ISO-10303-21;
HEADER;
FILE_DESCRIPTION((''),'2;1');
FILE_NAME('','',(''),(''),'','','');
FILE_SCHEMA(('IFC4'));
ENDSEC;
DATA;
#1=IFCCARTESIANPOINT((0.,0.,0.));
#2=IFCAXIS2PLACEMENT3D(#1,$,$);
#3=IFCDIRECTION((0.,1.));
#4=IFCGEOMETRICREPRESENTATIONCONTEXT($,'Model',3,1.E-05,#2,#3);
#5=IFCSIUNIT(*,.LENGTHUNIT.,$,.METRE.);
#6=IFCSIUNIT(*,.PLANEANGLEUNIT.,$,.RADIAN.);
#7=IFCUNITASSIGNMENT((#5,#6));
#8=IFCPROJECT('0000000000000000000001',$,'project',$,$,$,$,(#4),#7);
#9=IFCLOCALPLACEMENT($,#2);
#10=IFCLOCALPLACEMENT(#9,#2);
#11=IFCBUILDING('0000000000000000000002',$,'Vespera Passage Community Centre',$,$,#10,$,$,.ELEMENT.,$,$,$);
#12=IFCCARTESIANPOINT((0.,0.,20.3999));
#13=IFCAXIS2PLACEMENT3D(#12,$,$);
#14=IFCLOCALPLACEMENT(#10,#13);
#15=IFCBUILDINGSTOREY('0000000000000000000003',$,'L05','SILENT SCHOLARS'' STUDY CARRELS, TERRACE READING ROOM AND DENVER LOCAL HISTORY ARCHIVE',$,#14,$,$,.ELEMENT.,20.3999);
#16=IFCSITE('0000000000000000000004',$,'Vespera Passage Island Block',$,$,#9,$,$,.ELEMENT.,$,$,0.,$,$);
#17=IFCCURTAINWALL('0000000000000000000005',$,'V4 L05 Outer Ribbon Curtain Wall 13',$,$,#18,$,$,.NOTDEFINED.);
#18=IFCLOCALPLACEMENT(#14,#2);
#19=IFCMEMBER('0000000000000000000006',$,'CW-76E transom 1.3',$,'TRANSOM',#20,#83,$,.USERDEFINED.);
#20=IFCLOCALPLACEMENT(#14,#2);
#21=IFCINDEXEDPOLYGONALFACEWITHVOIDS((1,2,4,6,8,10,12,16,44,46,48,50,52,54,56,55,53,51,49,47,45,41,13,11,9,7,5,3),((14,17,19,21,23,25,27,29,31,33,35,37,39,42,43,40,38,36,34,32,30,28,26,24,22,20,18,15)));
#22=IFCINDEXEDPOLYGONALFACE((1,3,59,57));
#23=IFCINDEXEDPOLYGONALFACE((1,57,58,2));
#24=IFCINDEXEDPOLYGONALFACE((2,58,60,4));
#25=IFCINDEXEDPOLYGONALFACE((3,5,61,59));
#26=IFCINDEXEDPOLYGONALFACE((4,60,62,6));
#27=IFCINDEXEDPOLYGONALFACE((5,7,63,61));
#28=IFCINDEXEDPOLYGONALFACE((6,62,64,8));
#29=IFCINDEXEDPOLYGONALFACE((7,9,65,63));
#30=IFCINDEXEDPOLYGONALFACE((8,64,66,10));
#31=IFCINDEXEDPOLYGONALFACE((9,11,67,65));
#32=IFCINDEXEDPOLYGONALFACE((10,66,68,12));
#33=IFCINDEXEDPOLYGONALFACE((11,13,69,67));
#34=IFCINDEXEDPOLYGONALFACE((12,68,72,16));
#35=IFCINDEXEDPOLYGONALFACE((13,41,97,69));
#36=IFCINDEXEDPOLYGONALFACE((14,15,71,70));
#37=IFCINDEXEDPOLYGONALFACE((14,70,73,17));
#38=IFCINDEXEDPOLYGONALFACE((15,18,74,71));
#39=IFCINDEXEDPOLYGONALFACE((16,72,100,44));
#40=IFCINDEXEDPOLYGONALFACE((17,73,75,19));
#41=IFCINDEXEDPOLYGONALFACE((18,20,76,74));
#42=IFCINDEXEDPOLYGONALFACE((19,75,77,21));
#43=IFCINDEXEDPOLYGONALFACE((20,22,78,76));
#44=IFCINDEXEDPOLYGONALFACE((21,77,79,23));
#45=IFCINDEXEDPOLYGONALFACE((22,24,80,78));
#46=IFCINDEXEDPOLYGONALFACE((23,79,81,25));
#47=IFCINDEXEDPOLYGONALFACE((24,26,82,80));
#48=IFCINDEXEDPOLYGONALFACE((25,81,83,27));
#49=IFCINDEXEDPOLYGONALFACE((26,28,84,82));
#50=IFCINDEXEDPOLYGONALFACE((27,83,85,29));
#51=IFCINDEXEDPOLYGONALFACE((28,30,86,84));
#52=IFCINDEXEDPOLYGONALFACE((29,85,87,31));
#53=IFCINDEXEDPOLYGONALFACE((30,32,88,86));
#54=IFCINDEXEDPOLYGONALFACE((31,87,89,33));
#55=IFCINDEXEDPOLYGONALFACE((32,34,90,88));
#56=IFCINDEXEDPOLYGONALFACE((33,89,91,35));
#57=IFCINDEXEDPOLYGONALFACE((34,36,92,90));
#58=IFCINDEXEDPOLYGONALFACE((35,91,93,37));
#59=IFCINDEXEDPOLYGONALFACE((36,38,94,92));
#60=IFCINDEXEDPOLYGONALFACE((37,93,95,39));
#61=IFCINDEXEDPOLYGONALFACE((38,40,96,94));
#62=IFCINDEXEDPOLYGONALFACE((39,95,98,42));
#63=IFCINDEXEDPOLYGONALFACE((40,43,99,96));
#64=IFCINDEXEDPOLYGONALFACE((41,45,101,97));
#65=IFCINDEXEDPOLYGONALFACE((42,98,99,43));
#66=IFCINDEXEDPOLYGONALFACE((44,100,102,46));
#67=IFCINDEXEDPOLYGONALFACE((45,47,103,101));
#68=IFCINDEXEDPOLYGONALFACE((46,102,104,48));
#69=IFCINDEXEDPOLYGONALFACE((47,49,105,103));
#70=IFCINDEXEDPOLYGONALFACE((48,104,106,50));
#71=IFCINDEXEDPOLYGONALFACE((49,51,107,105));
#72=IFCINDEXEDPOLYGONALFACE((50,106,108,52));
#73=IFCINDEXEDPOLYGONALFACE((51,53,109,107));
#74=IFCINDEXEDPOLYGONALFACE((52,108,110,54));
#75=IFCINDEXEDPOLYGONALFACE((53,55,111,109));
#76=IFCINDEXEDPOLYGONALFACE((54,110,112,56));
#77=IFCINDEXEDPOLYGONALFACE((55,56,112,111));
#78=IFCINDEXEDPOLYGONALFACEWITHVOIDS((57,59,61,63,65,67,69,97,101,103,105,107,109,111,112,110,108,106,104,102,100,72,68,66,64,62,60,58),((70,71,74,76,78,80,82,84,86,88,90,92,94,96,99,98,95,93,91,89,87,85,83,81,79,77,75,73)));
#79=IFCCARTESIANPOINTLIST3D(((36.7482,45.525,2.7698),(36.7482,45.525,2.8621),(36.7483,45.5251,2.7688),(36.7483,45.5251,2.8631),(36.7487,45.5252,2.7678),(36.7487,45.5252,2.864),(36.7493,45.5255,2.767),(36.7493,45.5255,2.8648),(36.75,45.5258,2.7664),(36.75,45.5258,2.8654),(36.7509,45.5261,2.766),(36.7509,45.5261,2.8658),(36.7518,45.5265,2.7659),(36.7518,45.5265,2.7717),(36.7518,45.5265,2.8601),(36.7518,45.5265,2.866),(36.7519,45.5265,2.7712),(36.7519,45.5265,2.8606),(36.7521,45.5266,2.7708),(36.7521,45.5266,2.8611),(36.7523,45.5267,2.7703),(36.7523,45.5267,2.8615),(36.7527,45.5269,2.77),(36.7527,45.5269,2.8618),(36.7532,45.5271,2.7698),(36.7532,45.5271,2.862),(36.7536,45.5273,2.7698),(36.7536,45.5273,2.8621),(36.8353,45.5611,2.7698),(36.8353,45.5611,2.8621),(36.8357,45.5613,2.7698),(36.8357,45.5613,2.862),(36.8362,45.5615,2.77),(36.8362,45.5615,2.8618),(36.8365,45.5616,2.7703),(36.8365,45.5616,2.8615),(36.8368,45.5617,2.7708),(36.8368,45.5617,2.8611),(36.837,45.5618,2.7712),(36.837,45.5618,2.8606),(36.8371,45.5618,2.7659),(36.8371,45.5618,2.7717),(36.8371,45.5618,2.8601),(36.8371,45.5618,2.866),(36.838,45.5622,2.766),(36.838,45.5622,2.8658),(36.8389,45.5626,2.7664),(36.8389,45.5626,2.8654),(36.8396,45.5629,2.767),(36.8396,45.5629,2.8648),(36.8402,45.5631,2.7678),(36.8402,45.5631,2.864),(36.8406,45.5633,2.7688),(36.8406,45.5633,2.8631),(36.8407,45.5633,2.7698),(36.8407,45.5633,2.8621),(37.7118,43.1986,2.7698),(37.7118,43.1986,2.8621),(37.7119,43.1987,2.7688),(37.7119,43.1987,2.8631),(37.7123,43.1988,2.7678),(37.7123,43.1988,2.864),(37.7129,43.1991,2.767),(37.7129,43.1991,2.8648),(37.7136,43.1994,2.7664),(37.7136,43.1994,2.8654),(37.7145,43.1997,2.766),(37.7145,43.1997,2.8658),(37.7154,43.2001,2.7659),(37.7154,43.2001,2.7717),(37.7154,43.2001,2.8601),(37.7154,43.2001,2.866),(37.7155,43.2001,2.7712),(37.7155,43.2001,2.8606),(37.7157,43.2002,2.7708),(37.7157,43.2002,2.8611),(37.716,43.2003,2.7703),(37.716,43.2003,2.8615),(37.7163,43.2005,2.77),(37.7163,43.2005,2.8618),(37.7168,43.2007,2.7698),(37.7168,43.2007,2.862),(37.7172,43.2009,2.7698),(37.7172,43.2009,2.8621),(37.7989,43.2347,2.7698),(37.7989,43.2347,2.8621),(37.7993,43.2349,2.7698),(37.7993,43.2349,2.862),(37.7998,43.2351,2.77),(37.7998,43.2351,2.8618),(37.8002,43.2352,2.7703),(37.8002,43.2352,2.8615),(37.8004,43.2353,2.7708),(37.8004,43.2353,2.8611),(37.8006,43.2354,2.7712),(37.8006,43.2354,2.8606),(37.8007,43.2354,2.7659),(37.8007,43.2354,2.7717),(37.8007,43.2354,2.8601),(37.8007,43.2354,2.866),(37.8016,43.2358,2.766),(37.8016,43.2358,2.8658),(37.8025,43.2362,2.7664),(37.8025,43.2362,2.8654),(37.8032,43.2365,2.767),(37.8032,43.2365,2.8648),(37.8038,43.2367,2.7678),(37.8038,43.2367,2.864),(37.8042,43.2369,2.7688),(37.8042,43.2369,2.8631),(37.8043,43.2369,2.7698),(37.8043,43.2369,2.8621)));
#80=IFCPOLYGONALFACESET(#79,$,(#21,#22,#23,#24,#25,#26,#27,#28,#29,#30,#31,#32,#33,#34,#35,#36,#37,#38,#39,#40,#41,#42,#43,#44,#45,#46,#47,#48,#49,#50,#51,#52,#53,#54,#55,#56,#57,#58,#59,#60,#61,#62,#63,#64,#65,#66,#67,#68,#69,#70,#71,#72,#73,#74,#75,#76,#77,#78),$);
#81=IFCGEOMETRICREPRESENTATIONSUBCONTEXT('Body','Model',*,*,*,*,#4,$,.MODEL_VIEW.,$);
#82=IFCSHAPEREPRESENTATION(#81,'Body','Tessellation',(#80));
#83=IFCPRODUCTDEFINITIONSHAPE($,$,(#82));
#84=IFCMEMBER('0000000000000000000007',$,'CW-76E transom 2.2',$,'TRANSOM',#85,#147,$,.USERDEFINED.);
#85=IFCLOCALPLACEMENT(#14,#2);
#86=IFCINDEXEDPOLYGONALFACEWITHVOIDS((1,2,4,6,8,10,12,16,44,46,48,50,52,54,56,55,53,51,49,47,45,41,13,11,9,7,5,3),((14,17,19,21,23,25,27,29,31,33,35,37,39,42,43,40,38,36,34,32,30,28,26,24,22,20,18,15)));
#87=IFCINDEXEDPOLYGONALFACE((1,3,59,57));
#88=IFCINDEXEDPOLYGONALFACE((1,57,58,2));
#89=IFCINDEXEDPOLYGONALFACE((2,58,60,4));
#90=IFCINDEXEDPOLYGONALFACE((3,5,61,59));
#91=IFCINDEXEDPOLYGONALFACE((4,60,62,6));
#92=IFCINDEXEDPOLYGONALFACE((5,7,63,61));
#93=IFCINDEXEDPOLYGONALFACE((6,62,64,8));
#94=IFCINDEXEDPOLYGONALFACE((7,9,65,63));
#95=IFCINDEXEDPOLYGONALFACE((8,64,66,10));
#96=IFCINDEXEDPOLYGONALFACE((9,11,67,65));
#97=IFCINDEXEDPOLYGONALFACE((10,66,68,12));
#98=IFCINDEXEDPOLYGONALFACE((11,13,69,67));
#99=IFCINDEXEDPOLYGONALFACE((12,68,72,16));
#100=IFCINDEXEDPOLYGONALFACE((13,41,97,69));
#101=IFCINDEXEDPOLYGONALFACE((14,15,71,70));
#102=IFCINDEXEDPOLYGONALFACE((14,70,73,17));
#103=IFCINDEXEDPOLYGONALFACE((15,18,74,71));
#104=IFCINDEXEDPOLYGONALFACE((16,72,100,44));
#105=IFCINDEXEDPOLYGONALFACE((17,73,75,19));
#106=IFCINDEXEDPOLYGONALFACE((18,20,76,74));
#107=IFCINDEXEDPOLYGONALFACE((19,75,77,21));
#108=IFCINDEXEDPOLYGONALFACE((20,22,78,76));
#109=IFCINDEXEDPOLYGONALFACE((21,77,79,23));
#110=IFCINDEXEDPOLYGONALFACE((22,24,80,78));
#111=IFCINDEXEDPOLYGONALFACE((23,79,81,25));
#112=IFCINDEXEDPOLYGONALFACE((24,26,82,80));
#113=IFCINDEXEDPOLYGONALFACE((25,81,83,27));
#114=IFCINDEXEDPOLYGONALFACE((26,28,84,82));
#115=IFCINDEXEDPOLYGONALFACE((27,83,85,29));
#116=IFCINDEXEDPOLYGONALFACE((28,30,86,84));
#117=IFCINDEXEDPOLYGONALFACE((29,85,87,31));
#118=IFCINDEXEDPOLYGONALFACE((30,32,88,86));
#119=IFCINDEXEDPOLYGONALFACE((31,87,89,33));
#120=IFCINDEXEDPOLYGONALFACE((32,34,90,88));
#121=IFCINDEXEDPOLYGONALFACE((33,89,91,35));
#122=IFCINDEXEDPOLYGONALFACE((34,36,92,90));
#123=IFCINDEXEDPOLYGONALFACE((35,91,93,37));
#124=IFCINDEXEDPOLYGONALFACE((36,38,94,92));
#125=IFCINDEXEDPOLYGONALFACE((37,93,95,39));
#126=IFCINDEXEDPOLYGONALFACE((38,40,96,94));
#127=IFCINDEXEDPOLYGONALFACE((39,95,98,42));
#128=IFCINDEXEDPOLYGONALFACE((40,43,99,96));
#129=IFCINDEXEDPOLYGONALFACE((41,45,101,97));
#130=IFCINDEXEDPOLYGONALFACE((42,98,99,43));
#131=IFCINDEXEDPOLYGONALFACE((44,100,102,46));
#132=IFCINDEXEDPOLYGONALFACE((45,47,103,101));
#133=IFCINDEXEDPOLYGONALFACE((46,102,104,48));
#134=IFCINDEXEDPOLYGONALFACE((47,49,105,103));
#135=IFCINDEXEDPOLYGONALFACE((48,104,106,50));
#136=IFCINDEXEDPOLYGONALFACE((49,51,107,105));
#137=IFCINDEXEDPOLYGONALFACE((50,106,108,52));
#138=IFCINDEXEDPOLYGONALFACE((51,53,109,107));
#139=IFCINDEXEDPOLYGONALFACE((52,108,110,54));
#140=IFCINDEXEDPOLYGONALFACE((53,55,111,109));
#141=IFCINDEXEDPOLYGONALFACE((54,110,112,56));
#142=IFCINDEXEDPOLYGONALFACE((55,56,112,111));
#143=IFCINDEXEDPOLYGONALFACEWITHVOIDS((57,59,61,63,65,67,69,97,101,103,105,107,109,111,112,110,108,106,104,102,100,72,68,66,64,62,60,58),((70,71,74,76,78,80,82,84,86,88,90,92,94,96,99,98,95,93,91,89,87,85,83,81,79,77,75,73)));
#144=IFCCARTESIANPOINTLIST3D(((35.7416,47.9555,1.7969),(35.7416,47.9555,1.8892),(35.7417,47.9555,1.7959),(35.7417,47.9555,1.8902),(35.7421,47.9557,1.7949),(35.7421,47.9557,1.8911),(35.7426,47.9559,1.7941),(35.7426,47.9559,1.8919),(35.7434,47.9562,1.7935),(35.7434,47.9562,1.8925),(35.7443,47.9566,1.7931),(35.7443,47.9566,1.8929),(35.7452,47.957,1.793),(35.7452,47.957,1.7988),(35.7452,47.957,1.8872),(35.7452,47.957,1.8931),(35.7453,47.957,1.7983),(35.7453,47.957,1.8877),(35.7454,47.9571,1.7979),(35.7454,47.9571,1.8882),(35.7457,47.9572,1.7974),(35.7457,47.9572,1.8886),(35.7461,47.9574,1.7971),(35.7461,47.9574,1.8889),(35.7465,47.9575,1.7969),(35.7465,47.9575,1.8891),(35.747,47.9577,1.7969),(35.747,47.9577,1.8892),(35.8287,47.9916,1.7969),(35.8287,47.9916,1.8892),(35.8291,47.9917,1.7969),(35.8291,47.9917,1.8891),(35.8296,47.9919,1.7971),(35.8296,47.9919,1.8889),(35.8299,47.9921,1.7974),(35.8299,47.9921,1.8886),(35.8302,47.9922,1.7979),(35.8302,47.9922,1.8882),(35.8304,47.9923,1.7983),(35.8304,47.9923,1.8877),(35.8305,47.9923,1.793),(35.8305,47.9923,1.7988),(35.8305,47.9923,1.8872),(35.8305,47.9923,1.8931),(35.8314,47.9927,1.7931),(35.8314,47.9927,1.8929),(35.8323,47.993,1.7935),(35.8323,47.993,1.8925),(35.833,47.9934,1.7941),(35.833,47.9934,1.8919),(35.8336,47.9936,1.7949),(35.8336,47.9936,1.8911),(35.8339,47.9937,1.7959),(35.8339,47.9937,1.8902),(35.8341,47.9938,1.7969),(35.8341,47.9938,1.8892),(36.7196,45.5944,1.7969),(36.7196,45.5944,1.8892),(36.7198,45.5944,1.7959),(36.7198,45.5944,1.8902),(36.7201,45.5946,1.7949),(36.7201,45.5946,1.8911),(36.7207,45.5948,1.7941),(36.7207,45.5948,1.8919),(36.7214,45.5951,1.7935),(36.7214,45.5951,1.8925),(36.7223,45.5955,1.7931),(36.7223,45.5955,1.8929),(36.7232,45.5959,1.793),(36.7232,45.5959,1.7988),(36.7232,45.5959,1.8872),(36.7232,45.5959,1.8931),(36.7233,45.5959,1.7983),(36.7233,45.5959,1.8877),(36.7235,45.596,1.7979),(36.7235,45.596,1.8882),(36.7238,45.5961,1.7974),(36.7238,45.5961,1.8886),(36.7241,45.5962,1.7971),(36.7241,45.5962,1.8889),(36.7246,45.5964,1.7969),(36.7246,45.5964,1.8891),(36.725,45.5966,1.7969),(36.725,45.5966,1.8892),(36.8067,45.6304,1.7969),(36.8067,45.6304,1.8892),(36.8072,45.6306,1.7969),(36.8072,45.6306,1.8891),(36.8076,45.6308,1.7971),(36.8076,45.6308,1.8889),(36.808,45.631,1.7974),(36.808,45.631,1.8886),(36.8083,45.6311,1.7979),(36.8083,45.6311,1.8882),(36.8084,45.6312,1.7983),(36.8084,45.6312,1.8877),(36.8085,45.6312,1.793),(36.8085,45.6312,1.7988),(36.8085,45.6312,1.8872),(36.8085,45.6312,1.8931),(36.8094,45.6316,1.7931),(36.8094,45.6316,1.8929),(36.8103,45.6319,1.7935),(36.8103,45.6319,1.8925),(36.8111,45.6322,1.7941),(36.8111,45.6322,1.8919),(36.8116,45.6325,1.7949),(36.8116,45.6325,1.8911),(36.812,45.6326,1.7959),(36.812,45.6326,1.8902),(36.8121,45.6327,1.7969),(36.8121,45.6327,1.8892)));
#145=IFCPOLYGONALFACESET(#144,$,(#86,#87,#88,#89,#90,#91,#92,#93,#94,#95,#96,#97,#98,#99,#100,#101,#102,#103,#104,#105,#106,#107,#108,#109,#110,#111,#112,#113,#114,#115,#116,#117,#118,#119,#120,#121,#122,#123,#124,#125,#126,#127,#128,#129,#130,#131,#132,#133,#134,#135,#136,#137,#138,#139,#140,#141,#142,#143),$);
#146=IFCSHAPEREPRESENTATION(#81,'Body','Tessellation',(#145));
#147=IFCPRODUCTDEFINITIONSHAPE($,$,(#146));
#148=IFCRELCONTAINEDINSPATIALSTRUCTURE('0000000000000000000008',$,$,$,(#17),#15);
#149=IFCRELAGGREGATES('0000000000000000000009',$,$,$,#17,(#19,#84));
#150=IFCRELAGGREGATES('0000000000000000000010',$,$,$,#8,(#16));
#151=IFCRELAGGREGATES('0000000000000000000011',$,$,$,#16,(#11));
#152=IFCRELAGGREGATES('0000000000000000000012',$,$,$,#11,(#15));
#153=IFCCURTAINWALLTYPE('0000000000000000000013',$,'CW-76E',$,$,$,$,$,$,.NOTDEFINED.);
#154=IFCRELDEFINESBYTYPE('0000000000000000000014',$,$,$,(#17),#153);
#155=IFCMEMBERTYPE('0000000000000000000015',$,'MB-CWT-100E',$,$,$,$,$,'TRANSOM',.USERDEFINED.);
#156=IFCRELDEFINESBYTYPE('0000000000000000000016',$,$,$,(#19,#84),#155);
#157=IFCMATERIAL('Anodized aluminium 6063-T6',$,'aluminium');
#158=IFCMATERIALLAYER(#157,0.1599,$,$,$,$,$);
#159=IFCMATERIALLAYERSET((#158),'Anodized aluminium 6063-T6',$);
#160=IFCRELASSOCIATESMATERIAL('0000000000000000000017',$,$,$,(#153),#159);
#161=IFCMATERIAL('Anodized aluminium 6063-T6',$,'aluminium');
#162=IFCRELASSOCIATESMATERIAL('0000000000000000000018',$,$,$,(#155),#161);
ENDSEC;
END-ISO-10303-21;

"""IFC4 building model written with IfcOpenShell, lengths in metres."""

from ifc_helpers import new_model, si_unit, direction, frame, origin, origin_2d, place, context, subcontext, project, spatial, hollow_rectangle, extrude, material, layer, layer_set, material_profile, profile_set, type_object, element, aggregate, save


model = new_model("IFC4")

# Units and contexts
model_context = context("Model", 3, precision=1e-05, world=origin(), true_north=direction((0.0, 1.0)))
body_context = subcontext(model_context, "Body", "Model", "MODEL_VIEW")
ifc_project = project(units=[si_unit("LENGTHUNIT", "METRE"), si_unit("PLANEANGLEUNIT", "RADIAN")], contexts=[model_context])

# Site, building, storey
site_placement = place(None, origin())
site = spatial("IfcSite", under=ifc_project, at=site_placement, Name="Vespera Passage Island Block", CompositionType="ELEMENT", RefElevation=0.0)
building_placement = place(site_placement, origin())
building = spatial("IfcBuilding", under=site, at=building_placement, Name="Vespera Passage Community Centre", CompositionType="ELEMENT")
storey_placement = place(building_placement, frame((0.0, 0.0, 20.3999)))
storey = spatial("IfcBuildingStorey", under=building, at=storey_placement, Name="L05", Description="SILENT SCHOLARS' STUDY CARRELS, TERRACE READING ROOM AND DENVER LOCAL HISTORY ARCHIVE", CompositionType="ELEMENT", Elevation=20.3999)

# Curtain wall
ifc_material_1 = material(Name="Anodized aluminium 6063-T6", Category="aluminium")
ifc_layer_1 = layer(ifc_material_1, 0.1599)
ifc_layer_set_1 = layer_set([ifc_layer_1], Name="Anodized aluminium 6063-T6")
curtain_wall_type_1 = type_object("IfcCurtainWallType", Name="CW-76E", PredefinedType="NOTDEFINED", material=ifc_layer_set_1)
curtain_wall_1_placement = place(storey_placement, origin())
curtain_wall_1 = element("IfcCurtainWall", 1, at=curtain_wall_1_placement, inside=storey, type_object=curtain_wall_type_1, Name="V4 L05 Outer Ribbon Curtain Wall 13", PredefinedType="NOTDEFINED")

# Members
ifc_material_2 = material(Name="Anodized aluminium 6063-T6", Category="aluminium")
ifc_material_profile_1 = material_profile(ifc_material_2, hollow_rectangle(XDim=0.1001, YDim=0.1001, WallThickness=0.0039, InnerFilletRadius=0.002, OuterFilletRadius=0.0039, at=origin_2d()), Name="ALU100X100X4")
ifc_profile_set_1 = profile_set([ifc_material_profile_1], Name="Anodized aluminium 6063-T6")
member_type_1 = type_object("IfcMemberType", Name="MB-CWT-100E", ElementType="TRANSOM", PredefinedType="USERDEFINED", material=ifc_profile_set_1)
member_1_placement = place(storey_placement, frame((37.7581, 43.2178, 2.8159), z_axis=(-0.38268, 0.923881, 0.0), x_axis=(-0.923881, -0.38268, 0.0)))
member_1 = element("IfcMember", 2, at=member_1_placement, type_object=member_type_1, Name="CW-76E transom 1.3", ObjectType="TRANSOM", PredefinedType="USERDEFINED", context=body_context, shape_type="SweptSolid", body=[
    extrude(hollow_rectangle(XDim=0.1001, YDim=0.1001, WallThickness=0.0039, InnerFilletRadius=0.002, OuterFilletRadius=0.0039, at=origin_2d()), origin(), (0.0, 0.0, 1.0), 2.5181),
])
member_2_placement = place(storey_placement, frame((36.7659, 45.6135, 1.843), z_axis=(-0.382695, 0.923875, 0.0), x_axis=(-0.923875, -0.382695, 0.0)))
member_2 = element("IfcMember", 3, at=member_2_placement, type_object=member_type_1, Name="CW-76E transom 2.2", ObjectType="TRANSOM", PredefinedType="USERDEFINED", context=body_context, shape_type="SweptSolid", body=[
    extrude(hollow_rectangle(XDim=0.1001, YDim=0.1001, WallThickness=0.0039, InnerFilletRadius=0.002, OuterFilletRadius=0.0039, at=origin_2d()), origin(), (0.0, 0.0, 1.0), 2.5557),
])

aggregate(curtain_wall_1, [member_1, member_2])

save(model, "model.ifc")
